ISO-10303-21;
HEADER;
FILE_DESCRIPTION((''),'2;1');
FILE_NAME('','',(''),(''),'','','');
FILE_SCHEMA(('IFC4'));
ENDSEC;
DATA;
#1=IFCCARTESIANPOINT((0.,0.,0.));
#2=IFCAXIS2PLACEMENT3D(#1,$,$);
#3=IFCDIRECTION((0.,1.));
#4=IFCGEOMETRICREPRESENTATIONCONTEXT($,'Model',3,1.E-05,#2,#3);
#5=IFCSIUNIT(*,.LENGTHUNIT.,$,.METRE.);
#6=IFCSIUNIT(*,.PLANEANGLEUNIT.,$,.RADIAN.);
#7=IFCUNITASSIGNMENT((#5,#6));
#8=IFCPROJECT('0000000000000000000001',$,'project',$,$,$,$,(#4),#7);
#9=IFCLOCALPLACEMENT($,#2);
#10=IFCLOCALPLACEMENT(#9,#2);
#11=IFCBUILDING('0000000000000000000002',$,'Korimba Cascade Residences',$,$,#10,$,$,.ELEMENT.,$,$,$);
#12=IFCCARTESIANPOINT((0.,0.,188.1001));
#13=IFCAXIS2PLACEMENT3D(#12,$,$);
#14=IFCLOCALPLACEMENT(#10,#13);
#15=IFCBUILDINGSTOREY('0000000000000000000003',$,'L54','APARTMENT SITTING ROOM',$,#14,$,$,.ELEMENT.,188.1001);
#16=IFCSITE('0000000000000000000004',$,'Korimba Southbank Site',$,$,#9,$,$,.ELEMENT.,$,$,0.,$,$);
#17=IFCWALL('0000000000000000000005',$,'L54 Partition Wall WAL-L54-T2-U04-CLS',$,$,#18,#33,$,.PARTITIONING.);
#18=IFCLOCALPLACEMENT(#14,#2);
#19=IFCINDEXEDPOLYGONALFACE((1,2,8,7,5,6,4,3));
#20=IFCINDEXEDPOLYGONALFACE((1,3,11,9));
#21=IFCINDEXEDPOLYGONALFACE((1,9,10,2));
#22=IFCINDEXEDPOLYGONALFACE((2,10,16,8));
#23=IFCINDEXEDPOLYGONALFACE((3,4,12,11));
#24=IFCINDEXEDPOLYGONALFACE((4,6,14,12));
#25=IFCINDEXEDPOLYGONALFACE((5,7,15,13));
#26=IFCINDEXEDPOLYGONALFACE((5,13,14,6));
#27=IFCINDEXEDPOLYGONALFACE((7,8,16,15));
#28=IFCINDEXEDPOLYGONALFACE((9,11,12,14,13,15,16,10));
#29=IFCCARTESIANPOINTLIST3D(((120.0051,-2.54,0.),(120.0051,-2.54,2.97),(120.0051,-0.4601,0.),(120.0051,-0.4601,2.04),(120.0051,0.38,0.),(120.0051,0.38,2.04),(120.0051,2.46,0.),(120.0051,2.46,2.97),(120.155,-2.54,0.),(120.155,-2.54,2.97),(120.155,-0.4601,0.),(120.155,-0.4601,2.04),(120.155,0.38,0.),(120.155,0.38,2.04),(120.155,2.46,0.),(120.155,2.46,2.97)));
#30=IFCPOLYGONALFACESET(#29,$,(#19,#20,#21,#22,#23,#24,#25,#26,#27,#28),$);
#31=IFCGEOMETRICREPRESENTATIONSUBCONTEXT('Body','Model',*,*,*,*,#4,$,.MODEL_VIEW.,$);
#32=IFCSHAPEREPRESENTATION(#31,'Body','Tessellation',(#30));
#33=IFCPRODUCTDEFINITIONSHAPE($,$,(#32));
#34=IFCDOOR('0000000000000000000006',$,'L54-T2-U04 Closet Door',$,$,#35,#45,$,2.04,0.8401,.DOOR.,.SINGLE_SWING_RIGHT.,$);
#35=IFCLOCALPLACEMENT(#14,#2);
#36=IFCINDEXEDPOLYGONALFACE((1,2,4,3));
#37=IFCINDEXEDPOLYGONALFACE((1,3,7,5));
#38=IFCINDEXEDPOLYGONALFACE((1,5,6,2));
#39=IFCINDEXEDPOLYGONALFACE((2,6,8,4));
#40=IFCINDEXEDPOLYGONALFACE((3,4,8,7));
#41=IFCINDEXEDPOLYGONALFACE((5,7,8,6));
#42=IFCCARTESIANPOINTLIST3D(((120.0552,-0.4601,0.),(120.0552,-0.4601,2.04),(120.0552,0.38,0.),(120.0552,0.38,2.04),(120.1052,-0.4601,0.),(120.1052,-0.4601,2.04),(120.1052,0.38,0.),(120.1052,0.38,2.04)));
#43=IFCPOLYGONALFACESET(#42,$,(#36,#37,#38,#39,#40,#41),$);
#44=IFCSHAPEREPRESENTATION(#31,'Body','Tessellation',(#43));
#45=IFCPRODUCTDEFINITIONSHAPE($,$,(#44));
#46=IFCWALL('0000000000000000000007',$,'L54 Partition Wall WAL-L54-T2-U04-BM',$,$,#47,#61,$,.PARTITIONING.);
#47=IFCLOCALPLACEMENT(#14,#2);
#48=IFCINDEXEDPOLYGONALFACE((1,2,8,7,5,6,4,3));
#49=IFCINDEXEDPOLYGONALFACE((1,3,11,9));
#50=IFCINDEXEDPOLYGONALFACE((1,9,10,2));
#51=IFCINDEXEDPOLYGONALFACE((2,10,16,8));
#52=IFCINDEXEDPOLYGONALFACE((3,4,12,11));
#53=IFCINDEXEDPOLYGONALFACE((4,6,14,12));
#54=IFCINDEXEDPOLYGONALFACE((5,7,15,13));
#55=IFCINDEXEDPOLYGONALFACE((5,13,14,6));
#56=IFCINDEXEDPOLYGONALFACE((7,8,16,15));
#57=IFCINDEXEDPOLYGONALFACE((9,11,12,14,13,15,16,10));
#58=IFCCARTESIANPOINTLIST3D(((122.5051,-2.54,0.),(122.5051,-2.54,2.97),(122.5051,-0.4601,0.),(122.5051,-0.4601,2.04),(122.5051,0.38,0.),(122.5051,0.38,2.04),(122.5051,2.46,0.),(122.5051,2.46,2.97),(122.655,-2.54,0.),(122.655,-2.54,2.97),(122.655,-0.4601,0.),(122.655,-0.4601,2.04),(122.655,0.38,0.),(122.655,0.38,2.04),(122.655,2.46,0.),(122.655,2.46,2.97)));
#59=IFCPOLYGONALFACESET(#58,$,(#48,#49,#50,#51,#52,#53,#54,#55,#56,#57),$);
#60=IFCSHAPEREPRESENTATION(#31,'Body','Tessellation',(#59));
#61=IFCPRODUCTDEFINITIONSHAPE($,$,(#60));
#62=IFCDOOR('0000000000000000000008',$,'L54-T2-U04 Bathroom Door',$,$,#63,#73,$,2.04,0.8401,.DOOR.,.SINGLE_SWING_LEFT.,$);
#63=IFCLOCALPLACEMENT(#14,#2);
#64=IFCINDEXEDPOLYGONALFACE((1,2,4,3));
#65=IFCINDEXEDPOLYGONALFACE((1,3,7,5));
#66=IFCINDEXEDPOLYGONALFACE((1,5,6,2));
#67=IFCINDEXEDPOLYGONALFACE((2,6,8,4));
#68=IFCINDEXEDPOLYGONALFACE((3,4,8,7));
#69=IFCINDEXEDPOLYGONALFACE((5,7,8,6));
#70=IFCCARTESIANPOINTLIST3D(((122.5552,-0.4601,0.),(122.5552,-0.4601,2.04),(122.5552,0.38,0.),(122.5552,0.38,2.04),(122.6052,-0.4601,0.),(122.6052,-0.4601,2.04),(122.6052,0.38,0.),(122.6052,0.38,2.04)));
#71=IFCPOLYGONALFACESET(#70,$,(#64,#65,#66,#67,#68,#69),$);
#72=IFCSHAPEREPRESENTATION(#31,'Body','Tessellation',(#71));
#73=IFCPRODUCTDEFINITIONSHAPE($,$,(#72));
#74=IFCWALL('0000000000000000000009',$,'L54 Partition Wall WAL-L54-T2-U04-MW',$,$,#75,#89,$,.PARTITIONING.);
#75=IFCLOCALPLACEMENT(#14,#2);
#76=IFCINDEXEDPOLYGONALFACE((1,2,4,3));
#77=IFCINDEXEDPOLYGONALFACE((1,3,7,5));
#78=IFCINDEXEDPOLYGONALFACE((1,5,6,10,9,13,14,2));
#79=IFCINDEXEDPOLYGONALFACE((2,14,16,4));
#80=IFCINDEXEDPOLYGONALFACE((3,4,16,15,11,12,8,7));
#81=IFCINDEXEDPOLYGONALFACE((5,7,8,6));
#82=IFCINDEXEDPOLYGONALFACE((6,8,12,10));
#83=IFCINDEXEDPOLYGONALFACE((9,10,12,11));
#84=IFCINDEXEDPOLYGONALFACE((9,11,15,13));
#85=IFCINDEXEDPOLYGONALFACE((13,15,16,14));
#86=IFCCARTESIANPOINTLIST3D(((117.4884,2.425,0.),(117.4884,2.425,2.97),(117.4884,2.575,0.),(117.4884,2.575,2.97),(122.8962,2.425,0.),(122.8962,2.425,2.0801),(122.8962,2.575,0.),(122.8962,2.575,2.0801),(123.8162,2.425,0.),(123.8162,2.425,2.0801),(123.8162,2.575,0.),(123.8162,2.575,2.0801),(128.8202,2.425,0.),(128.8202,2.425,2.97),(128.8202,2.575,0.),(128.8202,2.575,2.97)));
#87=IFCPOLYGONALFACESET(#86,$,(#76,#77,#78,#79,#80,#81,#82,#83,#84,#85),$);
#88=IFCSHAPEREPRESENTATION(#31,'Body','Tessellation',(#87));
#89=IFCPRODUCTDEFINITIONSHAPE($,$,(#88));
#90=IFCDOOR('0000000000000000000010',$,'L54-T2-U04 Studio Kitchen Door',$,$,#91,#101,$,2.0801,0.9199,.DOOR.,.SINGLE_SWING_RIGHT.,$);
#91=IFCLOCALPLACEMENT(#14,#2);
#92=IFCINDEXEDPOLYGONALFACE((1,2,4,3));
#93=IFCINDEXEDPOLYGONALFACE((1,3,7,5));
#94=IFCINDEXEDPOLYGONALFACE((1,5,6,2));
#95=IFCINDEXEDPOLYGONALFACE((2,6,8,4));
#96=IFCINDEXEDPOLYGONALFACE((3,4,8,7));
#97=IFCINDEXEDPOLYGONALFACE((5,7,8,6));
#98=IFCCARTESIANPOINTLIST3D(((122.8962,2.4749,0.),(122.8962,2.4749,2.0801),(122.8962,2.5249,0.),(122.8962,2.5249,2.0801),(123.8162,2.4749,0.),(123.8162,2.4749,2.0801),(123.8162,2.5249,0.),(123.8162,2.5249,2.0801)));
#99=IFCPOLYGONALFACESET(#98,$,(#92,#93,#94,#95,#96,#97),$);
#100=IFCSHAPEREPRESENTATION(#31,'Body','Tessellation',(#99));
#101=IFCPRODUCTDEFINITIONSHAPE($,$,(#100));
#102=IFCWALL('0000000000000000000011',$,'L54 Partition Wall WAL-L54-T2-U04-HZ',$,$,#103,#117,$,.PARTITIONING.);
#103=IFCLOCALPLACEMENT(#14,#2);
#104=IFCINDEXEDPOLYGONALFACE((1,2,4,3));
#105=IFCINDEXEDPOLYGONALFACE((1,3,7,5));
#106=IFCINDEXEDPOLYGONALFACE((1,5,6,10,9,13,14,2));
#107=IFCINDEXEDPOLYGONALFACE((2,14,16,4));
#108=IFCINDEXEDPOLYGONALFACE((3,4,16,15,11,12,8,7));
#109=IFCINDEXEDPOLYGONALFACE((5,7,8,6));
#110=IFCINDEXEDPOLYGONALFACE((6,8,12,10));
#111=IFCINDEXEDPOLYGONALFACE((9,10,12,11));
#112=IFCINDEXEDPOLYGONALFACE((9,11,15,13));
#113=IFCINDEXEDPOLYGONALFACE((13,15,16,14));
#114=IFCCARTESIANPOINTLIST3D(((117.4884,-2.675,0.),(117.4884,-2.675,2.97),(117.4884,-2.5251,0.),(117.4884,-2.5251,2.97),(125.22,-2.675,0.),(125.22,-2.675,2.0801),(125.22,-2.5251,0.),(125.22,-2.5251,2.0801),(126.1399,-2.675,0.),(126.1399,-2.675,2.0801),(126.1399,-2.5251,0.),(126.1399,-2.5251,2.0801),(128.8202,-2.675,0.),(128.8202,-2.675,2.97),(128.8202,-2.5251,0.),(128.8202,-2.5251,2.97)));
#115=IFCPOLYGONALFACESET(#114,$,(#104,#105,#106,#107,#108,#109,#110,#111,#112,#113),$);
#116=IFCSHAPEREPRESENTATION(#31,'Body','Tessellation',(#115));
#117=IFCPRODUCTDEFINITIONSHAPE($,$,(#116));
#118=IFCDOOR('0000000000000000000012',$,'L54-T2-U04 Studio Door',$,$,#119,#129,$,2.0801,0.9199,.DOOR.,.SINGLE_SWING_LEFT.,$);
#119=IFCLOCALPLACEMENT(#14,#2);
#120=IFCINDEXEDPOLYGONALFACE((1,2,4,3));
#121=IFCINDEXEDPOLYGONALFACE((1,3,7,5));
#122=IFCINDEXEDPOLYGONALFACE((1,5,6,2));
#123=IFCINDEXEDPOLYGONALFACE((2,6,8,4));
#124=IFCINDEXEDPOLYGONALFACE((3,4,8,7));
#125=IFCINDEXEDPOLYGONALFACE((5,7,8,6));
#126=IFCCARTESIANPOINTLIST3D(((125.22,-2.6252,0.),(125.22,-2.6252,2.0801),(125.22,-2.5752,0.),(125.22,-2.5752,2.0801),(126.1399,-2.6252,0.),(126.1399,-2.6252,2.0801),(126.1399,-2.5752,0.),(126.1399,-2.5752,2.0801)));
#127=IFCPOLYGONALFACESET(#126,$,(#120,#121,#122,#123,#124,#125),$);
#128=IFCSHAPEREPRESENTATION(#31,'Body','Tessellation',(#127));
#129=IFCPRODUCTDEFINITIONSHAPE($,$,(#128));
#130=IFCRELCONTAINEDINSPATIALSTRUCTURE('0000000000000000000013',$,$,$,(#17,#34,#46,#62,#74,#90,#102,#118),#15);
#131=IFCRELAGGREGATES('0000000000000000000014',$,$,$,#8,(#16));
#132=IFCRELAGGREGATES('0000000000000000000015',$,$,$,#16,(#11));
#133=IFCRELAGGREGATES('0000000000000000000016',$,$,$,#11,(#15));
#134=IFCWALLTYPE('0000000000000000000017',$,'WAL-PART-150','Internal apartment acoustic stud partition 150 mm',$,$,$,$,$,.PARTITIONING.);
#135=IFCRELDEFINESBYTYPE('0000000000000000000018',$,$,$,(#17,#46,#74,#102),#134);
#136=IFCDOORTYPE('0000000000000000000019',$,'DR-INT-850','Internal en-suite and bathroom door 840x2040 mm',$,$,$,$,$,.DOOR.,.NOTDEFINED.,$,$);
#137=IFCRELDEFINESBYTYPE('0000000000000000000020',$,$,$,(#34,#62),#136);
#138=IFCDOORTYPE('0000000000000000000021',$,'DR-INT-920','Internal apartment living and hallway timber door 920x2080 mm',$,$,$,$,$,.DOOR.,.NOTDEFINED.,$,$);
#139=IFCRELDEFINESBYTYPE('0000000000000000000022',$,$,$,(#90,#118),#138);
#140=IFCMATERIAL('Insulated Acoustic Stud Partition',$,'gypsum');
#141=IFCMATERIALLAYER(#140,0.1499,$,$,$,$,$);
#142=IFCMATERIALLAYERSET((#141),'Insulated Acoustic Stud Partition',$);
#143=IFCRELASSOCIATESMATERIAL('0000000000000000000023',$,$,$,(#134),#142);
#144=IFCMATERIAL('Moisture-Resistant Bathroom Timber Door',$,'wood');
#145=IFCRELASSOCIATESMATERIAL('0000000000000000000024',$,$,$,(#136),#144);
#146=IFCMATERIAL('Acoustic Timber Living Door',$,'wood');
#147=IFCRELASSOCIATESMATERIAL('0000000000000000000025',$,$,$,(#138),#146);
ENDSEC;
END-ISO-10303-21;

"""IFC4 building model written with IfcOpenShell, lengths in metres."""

from ifc_helpers import new_model, si_unit, direction, frame, frame_2d, origin, place, context, subcontext, project, spatial, rectangle, extrude, material, layer, layer_set, type_object, element, fill, save


model = new_model("IFC4")

# Units and contexts
model_context = context("Model", 3, precision=1e-05, world=origin(), true_north=direction((0.0, 1.0)))
body_context = subcontext(model_context, "Body", "Model", "MODEL_VIEW")
ifc_project = project(units=[si_unit("LENGTHUNIT", "METRE"), si_unit("PLANEANGLEUNIT", "RADIAN")], contexts=[model_context])

# Site, building, storey
site_placement = place(None, origin())
site = spatial("IfcSite", under=ifc_project, at=site_placement, Name="Korimba Southbank Site", CompositionType="ELEMENT", RefElevation=0.0)
building_placement = place(site_placement, origin())
building = spatial("IfcBuilding", under=site, at=building_placement, Name="Korimba Cascade Residences", CompositionType="ELEMENT")
storey_placement = place(building_placement, frame((0.0, 0.0, 188.1001)))
storey = spatial("IfcBuildingStorey", under=building, at=storey_placement, Name="L54", Description="APARTMENT SITTING ROOM", CompositionType="ELEMENT", Elevation=188.1001)

# Walls, openings, doors
ifc_material_1 = material(Name="Insulated Acoustic Stud Partition", Category="gypsum")
ifc_layer_1 = layer(ifc_material_1, 0.1499)
ifc_layer_set_1 = layer_set([ifc_layer_1], Name="Insulated Acoustic Stud Partition")
wall_type_1 = type_object("IfcWallType", Name="WAL-PART-150", Description="Internal apartment acoustic stud partition 150 mm", PredefinedType="PARTITIONING", material=ifc_layer_set_1)
wall_1_placement = place(storey_placement, frame((120.0801, -2.54, 0.0), z_axis=(0.0, 0.0, 1.0), x_axis=(0.0, 1.0, 0.0)))
wall_1 = element("IfcWall", 1, at=wall_1_placement, inside=storey, type_object=wall_type_1, Name="L54 Partition Wall WAL-L54-T2-U04-CLS", PredefinedType="PARTITIONING", context=body_context, shape_type="SweptSolid", body=[
    extrude(rectangle(XDim=5.0, YDim=0.1499, at=frame_2d((2.5, 0.0))), origin(), (0.0, 0.0, 1.0), 2.97),
])
opening_1_placement = place(wall_1_placement, frame((2.0801, 0.0, 0.0)))
opening_1 = element("IfcOpeningElement", 2, at=opening_1_placement, cuts=wall_1, PredefinedType="OPENING", context=body_context, shape_type="SweptSolid", body=[
    extrude(rectangle(XDim=0.8401, YDim=2.04, at=frame_2d((0.4199, 1.02))), frame((0.0, 0.085, 0.0), z_axis=(0.0, -1.0, 0.0), x_axis=(1.0, 0.0, 0.0)), (0.0, 0.0, 1.0), 0.1699),
])
ifc_material_2 = material(Name="Moisture-Resistant Bathroom Timber Door", Category="wood")
door_type_1 = type_object("IfcDoorType", Name="DR-INT-850", Description="Internal en-suite and bathroom door 840x2040 mm", OperationType="NOTDEFINED", PredefinedType="DOOR", material=ifc_material_2)
door_1_placement = place(opening_1_placement, origin())
door_1 = element("IfcDoor", 3, at=door_1_placement, inside=storey, type_object=door_type_1, Name="L54-T2-U04 Closet Door", OperationType="SINGLE_SWING_RIGHT", OverallHeight=2.04, OverallWidth=0.8401, PredefinedType="DOOR", context=body_context, shape_type="SweptSolid", body=[
    extrude(rectangle(XDim=0.8401, YDim=2.04, at=frame_2d((0.4199, 1.02))), frame((0.0, 0.0249, 0.0), z_axis=(0.0, -1.0, 0.0), x_axis=(1.0, 0.0, 0.0)), (0.0, 0.0, 1.0), 0.05),
])
fill(opening_1, door_1)
wall_2_placement = place(storey_placement, frame((122.5801, -2.54, 0.0), z_axis=(0.0, 0.0, 1.0), x_axis=(0.0, 1.0, 0.0)))
wall_2 = element("IfcWall", 4, at=wall_2_placement, inside=storey, type_object=wall_type_1, Name="L54 Partition Wall WAL-L54-T2-U04-BM", PredefinedType="PARTITIONING", context=body_context, shape_type="SweptSolid", body=[
    extrude(rectangle(XDim=5.0, YDim=0.1499, at=frame_2d((2.5, 0.0))), origin(), (0.0, 0.0, 1.0), 2.97),
])
opening_2_placement = place(wall_2_placement, frame((2.0801, 0.0, 0.0)))
opening_2 = element("IfcOpeningElement", 5, at=opening_2_placement, cuts=wall_2, PredefinedType="OPENING", context=body_context, shape_type="SweptSolid", body=[
    extrude(rectangle(XDim=0.8401, YDim=2.04, at=frame_2d((0.4199, 1.02))), frame((0.0, 0.085, 0.0), z_axis=(0.0, -1.0, 0.0), x_axis=(1.0, 0.0, 0.0)), (0.0, 0.0, 1.0), 0.1699),
])
door_2_placement = place(opening_2_placement, origin())
door_2 = element("IfcDoor", 6, at=door_2_placement, inside=storey, type_object=door_type_1, Name="L54-T2-U04 Bathroom Door", OperationType="SINGLE_SWING_LEFT", OverallHeight=2.04, OverallWidth=0.8401, PredefinedType="DOOR", context=body_context, shape_type="SweptSolid", body=[
    extrude(rectangle(XDim=0.8401, YDim=2.04, at=frame_2d((0.4199, 1.02))), frame((0.0, 0.0249, 0.0), z_axis=(0.0, -1.0, 0.0), x_axis=(1.0, 0.0, 0.0)), (0.0, 0.0, 1.0), 0.05),
])
fill(opening_2, door_2)
wall_3_placement = place(storey_placement, frame((117.4883, 2.5, 0.0), z_axis=(0.0, 0.0, 1.0), x_axis=(1.0, 0.0, 0.0)))
wall_3 = element("IfcWall", 7, at=wall_3_placement, inside=storey, type_object=wall_type_1, Name="L54 Partition Wall WAL-L54-T2-U04-MW", PredefinedType="PARTITIONING", context=body_context, shape_type="SweptSolid", body=[
    extrude(rectangle(XDim=11.3318, YDim=0.1499, at=frame_2d((5.666, 0.0))), origin(), (0.0, 0.0, 1.0), 2.97),
])
opening_3_placement = place(wall_3_placement, frame((5.408, 0.0, 0.0)))
opening_3 = element("IfcOpeningElement", 8, at=opening_3_placement, cuts=wall_3, PredefinedType="OPENING", context=body_context, shape_type="SweptSolid", body=[
    extrude(rectangle(XDim=0.9199, YDim=2.0801, at=frame_2d((0.46, 1.04))), frame((0.0, 0.085, 0.0), z_axis=(0.0, -1.0, 0.0), x_axis=(1.0, 0.0, 0.0)), (0.0, 0.0, 1.0), 0.1699),
])
ifc_material_3 = material(Name="Acoustic Timber Living Door", Category="wood")
door_type_2 = type_object("IfcDoorType", Name="DR-INT-920", Description="Internal apartment living and hallway timber door 920x2080 mm", OperationType="NOTDEFINED", PredefinedType="DOOR", material=ifc_material_3)
door_3_placement = place(opening_3_placement, origin())
door_3 = element("IfcDoor", 9, at=door_3_placement, inside=storey, type_object=door_type_2, Name="L54-T2-U04 Studio Kitchen Door", OperationType="SINGLE_SWING_RIGHT", OverallHeight=2.0801, OverallWidth=0.9199, PredefinedType="DOOR", context=body_context, shape_type="SweptSolid", body=[
    extrude(rectangle(XDim=0.9199, YDim=2.0801, at=frame_2d((0.46, 1.04))), frame((0.0, 0.0249, 0.0), z_axis=(0.0, -1.0, 0.0), x_axis=(1.0, 0.0, 0.0)), (0.0, 0.0, 1.0), 0.05),
])
fill(opening_3, door_3)
wall_4_placement = place(storey_placement, frame((117.4883, -2.6001, 0.0), z_axis=(0.0, 0.0, 1.0), x_axis=(1.0, 0.0, 0.0)))
wall_4 = element("IfcWall", 10, at=wall_4_placement, inside=storey, type_object=wall_type_1, Name="L54 Partition Wall WAL-L54-T2-U04-HZ", PredefinedType="PARTITIONING", context=body_context, shape_type="SweptSolid", body=[
    extrude(rectangle(XDim=11.3318, YDim=0.1499, at=frame_2d((5.666, 0.0))), origin(), (0.0, 0.0, 1.0), 2.97),
])
opening_4_placement = place(wall_4_placement, frame((7.7317, 0.0, 0.0)))
opening_4 = element("IfcOpeningElement", 11, at=opening_4_placement, cuts=wall_4, PredefinedType="OPENING", context=body_context, shape_type="SweptSolid", body=[
    extrude(rectangle(XDim=0.9199, YDim=2.0801, at=frame_2d((0.46, 1.04))), frame((0.0, 0.085, 0.0), z_axis=(0.0, -1.0, 0.0), x_axis=(1.0, 0.0, 0.0)), (0.0, 0.0, 1.0), 0.1699),
])
door_4_placement = place(opening_4_placement, origin())
door_4 = element("IfcDoor", 12, at=door_4_placement, inside=storey, type_object=door_type_2, Name="L54-T2-U04 Studio Door", OperationType="SINGLE_SWING_LEFT", OverallHeight=2.0801, OverallWidth=0.9199, PredefinedType="DOOR", context=body_context, shape_type="SweptSolid", body=[
    extrude(rectangle(XDim=0.9199, YDim=2.0801, at=frame_2d((0.46, 1.04))), frame((0.0, 0.0249, 0.0), z_axis=(0.0, -1.0, 0.0), x_axis=(1.0, 0.0, 0.0)), (0.0, 0.0, 1.0), 0.05),
])
fill(opening_4, door_4)

save(model, "model.ifc")
